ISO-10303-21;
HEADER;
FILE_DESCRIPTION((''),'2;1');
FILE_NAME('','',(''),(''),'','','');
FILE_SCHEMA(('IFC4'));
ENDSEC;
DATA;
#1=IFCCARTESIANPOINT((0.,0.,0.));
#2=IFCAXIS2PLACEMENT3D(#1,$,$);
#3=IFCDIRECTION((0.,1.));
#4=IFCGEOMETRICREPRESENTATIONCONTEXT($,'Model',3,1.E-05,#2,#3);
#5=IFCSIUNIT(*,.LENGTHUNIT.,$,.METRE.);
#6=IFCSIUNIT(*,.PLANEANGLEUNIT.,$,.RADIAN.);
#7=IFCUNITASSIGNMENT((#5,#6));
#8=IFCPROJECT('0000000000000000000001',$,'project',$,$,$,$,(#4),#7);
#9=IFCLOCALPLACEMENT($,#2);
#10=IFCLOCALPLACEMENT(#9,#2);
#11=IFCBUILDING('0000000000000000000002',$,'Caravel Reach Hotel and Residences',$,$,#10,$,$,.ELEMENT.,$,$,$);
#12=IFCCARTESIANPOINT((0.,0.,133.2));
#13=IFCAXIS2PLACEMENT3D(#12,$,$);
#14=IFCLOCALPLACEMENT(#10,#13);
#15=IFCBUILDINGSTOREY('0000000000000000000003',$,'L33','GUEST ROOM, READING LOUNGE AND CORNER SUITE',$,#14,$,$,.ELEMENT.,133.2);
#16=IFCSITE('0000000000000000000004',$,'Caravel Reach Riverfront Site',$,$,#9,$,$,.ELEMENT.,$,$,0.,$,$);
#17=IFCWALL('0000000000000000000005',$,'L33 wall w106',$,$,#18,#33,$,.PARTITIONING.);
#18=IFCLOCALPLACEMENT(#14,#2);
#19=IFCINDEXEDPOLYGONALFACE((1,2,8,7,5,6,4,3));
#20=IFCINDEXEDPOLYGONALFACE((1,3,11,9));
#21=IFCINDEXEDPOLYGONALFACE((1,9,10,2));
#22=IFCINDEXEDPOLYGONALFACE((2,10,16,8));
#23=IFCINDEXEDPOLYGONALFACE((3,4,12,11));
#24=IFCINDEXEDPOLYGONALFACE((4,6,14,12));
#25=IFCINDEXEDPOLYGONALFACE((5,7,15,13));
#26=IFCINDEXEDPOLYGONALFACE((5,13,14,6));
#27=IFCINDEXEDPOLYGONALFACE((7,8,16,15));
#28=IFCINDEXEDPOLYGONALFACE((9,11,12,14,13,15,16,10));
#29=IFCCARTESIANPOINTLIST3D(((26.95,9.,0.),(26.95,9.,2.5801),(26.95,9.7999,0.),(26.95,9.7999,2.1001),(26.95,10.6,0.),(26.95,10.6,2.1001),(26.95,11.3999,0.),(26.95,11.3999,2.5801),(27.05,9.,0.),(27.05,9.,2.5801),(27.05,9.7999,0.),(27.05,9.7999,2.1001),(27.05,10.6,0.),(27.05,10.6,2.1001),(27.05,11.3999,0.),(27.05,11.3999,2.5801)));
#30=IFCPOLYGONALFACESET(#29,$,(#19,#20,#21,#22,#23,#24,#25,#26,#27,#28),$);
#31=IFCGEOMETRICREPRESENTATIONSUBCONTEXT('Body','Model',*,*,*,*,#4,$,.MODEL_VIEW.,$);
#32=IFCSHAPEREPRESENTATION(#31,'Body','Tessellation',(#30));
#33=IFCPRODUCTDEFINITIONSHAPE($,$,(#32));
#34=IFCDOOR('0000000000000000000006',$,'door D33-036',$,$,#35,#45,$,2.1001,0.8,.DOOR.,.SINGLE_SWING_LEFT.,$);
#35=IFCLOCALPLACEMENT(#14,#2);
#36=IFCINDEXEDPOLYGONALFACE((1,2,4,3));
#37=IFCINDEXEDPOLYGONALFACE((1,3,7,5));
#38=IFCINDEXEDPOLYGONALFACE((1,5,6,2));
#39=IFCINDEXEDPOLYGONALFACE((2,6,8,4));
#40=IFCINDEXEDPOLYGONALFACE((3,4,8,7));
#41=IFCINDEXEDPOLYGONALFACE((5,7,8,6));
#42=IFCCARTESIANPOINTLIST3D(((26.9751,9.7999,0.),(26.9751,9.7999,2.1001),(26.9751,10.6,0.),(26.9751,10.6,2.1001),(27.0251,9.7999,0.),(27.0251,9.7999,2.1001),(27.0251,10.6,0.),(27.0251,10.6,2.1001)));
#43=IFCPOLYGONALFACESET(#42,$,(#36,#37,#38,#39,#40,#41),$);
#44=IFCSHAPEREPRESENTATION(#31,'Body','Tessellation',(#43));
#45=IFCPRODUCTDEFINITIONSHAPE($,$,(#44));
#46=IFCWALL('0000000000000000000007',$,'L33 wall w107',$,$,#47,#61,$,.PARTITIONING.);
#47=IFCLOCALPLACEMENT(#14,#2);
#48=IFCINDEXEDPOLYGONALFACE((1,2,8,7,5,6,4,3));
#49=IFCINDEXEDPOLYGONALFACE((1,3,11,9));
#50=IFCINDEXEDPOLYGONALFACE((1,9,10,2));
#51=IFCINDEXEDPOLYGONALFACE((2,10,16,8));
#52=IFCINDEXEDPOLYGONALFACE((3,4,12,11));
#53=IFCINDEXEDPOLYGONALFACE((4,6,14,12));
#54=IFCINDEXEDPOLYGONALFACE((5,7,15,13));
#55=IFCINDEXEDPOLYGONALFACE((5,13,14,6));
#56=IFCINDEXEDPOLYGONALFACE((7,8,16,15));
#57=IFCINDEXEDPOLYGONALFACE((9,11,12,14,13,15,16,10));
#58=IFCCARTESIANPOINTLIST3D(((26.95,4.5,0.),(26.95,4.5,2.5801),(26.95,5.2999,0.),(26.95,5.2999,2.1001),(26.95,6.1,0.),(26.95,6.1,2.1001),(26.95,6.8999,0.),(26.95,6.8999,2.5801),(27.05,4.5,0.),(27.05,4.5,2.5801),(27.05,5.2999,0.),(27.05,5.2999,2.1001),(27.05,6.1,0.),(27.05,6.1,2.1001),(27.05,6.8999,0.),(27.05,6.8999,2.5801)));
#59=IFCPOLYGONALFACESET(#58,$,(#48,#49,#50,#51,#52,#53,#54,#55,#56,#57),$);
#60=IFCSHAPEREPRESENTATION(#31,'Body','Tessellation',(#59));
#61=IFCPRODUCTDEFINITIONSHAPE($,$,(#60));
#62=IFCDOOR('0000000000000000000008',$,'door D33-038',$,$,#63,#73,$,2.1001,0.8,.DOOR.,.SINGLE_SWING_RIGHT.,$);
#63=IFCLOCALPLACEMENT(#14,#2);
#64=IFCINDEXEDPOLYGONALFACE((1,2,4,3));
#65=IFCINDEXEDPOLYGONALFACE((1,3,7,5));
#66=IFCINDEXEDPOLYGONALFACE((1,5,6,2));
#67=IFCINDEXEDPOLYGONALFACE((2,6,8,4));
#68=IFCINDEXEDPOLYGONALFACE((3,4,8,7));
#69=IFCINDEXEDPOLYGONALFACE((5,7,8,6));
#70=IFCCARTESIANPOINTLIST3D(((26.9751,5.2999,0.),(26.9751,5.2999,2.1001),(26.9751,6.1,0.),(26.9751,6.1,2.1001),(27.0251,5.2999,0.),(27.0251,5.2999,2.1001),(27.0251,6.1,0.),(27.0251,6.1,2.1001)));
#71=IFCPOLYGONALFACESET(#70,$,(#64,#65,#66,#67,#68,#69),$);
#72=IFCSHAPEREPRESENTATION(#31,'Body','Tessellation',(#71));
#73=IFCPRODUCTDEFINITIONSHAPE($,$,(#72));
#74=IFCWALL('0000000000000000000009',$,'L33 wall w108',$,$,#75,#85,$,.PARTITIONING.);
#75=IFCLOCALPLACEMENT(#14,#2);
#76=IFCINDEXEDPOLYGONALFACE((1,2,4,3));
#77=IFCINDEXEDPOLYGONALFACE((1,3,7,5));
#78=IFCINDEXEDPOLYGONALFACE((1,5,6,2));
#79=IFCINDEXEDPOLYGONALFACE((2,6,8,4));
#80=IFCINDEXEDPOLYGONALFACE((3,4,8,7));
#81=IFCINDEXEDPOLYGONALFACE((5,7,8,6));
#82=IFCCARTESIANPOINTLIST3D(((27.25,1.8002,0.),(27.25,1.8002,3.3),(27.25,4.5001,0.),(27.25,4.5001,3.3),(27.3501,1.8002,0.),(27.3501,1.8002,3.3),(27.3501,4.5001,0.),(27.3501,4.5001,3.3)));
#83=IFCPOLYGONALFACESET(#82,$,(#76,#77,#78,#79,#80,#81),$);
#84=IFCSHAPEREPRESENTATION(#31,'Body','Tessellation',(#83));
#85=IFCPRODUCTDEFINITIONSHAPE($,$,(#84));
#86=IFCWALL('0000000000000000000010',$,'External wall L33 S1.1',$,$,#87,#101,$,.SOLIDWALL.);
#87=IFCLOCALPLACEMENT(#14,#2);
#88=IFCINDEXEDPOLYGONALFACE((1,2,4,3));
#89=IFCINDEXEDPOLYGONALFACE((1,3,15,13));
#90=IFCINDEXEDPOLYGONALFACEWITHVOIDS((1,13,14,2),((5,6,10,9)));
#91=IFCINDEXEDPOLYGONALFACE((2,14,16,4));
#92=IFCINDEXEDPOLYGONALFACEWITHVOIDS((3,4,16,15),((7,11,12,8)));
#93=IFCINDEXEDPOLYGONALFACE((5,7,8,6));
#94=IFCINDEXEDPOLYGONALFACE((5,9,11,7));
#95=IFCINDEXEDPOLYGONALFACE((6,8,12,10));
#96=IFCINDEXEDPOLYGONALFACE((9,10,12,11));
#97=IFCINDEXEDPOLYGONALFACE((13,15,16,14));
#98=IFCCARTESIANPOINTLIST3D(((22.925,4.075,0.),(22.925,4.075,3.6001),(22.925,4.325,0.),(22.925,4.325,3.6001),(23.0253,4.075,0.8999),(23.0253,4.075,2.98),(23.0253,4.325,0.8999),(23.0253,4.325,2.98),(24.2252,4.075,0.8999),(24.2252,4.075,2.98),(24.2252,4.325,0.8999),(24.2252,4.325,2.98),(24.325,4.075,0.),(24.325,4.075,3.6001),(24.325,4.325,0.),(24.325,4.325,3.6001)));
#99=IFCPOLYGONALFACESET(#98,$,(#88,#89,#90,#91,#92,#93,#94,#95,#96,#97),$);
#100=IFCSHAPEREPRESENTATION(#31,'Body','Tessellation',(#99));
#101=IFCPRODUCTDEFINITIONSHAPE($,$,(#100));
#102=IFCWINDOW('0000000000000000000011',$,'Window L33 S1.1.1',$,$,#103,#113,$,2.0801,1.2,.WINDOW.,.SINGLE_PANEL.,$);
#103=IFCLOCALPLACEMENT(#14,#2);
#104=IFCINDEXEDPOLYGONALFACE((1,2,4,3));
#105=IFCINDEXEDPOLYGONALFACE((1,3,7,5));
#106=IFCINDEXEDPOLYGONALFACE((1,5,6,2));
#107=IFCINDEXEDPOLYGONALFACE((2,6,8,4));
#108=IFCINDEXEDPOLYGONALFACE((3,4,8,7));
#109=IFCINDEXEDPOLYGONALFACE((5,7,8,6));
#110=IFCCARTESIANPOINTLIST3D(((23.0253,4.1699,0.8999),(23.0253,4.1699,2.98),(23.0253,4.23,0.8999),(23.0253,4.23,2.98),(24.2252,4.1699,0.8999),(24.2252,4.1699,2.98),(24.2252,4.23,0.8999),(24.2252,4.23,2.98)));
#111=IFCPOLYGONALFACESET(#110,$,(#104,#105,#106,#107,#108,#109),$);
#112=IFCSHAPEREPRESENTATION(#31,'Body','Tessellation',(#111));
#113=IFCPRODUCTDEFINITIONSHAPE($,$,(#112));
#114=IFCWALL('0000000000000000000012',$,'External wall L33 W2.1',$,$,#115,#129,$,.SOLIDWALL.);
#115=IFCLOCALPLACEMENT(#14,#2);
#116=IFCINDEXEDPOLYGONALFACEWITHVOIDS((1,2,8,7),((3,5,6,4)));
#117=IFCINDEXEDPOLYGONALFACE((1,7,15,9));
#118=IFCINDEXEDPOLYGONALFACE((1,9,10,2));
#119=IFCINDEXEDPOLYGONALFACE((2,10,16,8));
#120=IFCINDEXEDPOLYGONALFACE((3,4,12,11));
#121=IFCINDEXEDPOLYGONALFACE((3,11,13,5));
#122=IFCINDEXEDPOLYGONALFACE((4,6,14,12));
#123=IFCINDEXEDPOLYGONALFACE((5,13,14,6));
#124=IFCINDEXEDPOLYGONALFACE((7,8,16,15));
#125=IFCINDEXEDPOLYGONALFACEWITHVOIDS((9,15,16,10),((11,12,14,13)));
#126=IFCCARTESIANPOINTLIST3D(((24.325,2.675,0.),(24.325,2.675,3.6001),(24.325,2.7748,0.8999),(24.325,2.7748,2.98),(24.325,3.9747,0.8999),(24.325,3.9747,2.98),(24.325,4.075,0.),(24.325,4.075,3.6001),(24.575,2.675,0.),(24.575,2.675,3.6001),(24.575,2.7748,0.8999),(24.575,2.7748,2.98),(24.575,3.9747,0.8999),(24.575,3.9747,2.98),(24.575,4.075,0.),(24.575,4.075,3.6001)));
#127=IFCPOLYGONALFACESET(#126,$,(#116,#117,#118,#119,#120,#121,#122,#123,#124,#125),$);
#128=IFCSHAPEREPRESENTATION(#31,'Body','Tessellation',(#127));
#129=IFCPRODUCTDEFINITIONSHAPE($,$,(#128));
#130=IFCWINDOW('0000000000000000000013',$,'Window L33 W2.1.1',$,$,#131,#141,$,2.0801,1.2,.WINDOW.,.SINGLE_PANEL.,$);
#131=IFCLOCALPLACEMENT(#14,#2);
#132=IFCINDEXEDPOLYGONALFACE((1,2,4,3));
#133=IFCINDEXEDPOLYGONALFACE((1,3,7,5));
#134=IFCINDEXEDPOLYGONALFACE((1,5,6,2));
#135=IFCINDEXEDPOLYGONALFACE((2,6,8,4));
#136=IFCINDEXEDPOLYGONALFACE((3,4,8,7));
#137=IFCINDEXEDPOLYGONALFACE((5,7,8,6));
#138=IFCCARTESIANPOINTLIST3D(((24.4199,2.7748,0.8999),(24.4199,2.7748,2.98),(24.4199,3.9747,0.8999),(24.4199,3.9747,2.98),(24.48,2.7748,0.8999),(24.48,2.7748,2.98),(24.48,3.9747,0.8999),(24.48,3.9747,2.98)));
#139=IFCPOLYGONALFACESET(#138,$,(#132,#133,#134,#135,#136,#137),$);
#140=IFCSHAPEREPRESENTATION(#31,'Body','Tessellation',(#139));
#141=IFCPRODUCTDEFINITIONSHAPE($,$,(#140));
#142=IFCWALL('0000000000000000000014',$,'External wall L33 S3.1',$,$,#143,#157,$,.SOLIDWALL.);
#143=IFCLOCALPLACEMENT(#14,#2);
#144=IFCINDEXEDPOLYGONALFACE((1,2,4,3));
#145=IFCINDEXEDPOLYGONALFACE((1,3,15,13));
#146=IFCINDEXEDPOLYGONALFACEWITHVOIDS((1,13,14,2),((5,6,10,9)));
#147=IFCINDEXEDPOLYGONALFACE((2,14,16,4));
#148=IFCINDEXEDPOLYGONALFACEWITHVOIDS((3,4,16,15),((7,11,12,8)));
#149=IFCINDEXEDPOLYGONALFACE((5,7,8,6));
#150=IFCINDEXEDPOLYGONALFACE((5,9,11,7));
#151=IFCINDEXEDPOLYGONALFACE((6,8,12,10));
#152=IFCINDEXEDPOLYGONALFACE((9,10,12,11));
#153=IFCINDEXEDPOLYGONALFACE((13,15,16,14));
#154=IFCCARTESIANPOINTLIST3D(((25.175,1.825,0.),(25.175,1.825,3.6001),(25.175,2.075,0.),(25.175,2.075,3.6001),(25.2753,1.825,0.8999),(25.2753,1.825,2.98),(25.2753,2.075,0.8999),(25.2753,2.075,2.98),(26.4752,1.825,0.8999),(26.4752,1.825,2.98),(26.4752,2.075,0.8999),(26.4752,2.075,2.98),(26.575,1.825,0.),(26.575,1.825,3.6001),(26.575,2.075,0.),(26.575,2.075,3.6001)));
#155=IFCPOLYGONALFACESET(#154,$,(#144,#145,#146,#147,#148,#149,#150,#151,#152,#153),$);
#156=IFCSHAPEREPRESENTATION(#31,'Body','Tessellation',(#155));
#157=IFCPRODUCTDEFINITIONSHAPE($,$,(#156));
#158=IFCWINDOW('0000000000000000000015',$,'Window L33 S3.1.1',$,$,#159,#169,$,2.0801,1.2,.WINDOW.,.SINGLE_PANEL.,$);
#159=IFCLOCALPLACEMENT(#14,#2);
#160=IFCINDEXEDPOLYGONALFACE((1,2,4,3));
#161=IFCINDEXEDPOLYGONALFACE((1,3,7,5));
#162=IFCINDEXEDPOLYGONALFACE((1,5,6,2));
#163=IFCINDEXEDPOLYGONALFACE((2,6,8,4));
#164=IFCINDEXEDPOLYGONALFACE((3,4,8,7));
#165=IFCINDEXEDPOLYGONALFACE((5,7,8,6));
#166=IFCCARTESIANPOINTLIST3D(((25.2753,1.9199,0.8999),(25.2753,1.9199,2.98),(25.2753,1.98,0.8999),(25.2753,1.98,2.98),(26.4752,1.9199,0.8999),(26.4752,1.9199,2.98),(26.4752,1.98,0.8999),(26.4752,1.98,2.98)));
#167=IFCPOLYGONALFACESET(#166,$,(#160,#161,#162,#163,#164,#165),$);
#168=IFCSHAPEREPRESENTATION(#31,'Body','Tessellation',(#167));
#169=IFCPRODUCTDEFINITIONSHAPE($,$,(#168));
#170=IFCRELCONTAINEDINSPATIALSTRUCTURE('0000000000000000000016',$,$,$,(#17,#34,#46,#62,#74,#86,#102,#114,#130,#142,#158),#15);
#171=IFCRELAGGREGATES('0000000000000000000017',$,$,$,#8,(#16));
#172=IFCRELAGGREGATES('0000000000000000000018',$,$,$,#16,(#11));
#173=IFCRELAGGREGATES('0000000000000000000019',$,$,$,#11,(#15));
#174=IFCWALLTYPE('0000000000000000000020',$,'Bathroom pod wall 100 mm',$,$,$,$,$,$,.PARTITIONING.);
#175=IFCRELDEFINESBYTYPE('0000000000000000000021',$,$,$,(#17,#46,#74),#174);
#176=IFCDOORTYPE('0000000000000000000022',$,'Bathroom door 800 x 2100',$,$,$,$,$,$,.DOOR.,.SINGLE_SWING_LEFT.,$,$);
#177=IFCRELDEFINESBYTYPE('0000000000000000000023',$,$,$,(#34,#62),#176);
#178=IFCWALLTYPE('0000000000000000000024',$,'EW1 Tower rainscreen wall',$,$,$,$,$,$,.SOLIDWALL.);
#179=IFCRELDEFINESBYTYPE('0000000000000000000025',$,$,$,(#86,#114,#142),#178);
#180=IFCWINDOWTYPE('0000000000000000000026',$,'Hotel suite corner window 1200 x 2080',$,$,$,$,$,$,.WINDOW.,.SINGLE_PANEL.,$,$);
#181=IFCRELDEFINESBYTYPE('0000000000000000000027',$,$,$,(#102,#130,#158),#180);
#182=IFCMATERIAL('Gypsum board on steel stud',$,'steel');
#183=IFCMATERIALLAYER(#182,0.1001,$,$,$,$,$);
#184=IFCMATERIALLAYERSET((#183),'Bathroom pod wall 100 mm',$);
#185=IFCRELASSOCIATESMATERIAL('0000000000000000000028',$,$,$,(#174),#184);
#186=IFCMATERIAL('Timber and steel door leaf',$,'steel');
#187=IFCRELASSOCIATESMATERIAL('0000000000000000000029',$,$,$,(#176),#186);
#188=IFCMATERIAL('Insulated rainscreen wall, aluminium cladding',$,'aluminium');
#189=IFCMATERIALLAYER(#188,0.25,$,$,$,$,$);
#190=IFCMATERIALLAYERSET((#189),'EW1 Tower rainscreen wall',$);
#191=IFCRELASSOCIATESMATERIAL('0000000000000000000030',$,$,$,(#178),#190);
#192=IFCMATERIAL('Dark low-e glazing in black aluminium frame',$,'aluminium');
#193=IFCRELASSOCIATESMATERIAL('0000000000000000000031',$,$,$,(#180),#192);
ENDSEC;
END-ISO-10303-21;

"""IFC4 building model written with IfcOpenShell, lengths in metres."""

from ifc_helpers import new_model, si_unit, direction, frame, frame_2d, origin, place, context, subcontext, project, spatial, rectangle, extrude, material, layer, layer_set, type_object, element, fill, save


model = new_model("IFC4")

# Units and contexts
model_context = context("Model", 3, precision=1e-05, world=origin(), true_north=direction((0.0, 1.0)))
body_context = subcontext(model_context, "Body", "Model", "MODEL_VIEW")
ifc_project = project(units=[si_unit("LENGTHUNIT", "METRE"), si_unit("PLANEANGLEUNIT", "RADIAN")], contexts=[model_context])

# Site, building, storey
site_placement = place(None, origin())
site = spatial("IfcSite", under=ifc_project, at=site_placement, Name="Caravel Reach Riverfront Site", CompositionType="ELEMENT", RefElevation=0.0)
building_placement = place(site_placement, origin())
building = spatial("IfcBuilding", under=site, at=building_placement, Name="Caravel Reach Hotel and Residences", CompositionType="ELEMENT")
storey_placement = place(building_placement, frame((0.0, 0.0, 133.2)))
storey = spatial("IfcBuildingStorey", under=building, at=storey_placement, Name="L33", Description="GUEST ROOM, READING LOUNGE AND CORNER SUITE", CompositionType="ELEMENT", Elevation=133.2)

# Shared definitions
ifc_material_1 = material(Name="Gypsum board on steel stud", Category="steel")
ifc_layer_1 = layer(ifc_material_1, 0.1001)
ifc_layer_set_1 = layer_set([ifc_layer_1], Name="Bathroom pod wall 100 mm")
wall_type_1 = type_object("IfcWallType", Name="Bathroom pod wall 100 mm", PredefinedType="PARTITIONING", material=ifc_layer_set_1)
ifc_material_2 = material(Name="Timber and steel door leaf", Category="steel")
door_type = type_object("IfcDoorType", Name="Bathroom door 800 x 2100", OperationType="SINGLE_SWING_LEFT", PredefinedType="DOOR", material=ifc_material_2)

# Walls, openings, doors
wall_1_placement = place(storey_placement, frame((27.0, 9.0, 0.0), z_axis=(0.0, 0.0, 1.0), x_axis=(0.0, 1.0, 0.0)))
wall_1 = element("IfcWall", 1, at=wall_1_placement, inside=storey, type_object=wall_type_1, Name="L33 wall w106", PredefinedType="PARTITIONING", context=body_context, shape_type="SweptSolid", body=[
    extrude(rectangle(XDim=2.3999, YDim=0.1001, at=frame_2d((1.2, 0.0))), origin(), (0.0, 0.0, 1.0), 2.5801),
])
opening_1_placement = place(wall_1_placement, frame((0.8, 0.0, 0.0)))
opening_1 = element("IfcOpeningElement", 2, at=opening_1_placement, cuts=wall_1, PredefinedType="OPENING", context=body_context, shape_type="SweptSolid", body=[
    extrude(rectangle(XDim=0.8, YDim=2.1001, at=frame_2d((0.3999, 1.05))), frame((0.0, 0.0601, 0.0), z_axis=(0.0, -1.0, 0.0), x_axis=(1.0, 0.0, 0.0)), (0.0, 0.0, 1.0), 0.1201),
])
door_1_placement = place(opening_1_placement, origin())
door_1 = element("IfcDoor", 3, at=door_1_placement, inside=storey, type_object=door_type, Name="door D33-036", OperationType="SINGLE_SWING_LEFT", OverallHeight=2.1001, OverallWidth=0.8, PredefinedType="DOOR", context=body_context, shape_type="SweptSolid", body=[
    extrude(rectangle(XDim=0.8, YDim=2.1001, at=frame_2d((0.3999, 1.05))), frame((0.0, 0.0249, 0.0), z_axis=(0.0, -1.0, 0.0), x_axis=(1.0, 0.0, 0.0)), (0.0, 0.0, 1.0), 0.05),
])
fill(opening_1, door_1)
wall_2_placement = place(storey_placement, frame((27.0, 4.5, 0.0), z_axis=(0.0, 0.0, 1.0), x_axis=(0.0, 1.0, 0.0)))
wall_2 = element("IfcWall", 4, at=wall_2_placement, inside=storey, type_object=wall_type_1, Name="L33 wall w107", PredefinedType="PARTITIONING", context=body_context, shape_type="SweptSolid", body=[
    extrude(rectangle(XDim=2.3999, YDim=0.1001, at=frame_2d((1.2, 0.0))), origin(), (0.0, 0.0, 1.0), 2.5801),
])
opening_2_placement = place(wall_2_placement, frame((0.8, 0.0, 0.0)))
opening_2 = element("IfcOpeningElement", 5, at=opening_2_placement, cuts=wall_2, PredefinedType="OPENING", context=body_context, shape_type="SweptSolid", body=[
    extrude(rectangle(XDim=0.8, YDim=2.1001, at=frame_2d((0.3999, 1.05))), frame((0.0, 0.0601, 0.0), z_axis=(0.0, -1.0, 0.0), x_axis=(1.0, 0.0, 0.0)), (0.0, 0.0, 1.0), 0.1201),
])
door_2_placement = place(opening_2_placement, origin())
door_2 = element("IfcDoor", 6, at=door_2_placement, inside=storey, type_object=door_type, Name="door D33-038", OperationType="SINGLE_SWING_RIGHT", OverallHeight=2.1001, OverallWidth=0.8, PredefinedType="DOOR", context=body_context, shape_type="SweptSolid", body=[
    extrude(rectangle(XDim=0.8, YDim=2.1001, at=frame_2d((0.3999, 1.05))), frame((0.0, 0.0249, 0.0), z_axis=(0.0, -1.0, 0.0), x_axis=(1.0, 0.0, 0.0)), (0.0, 0.0, 1.0), 0.05),
])
fill(opening_2, door_2)

# Wall
wall_3_placement = place(storey_placement, frame((27.3, 1.8, 0.0), z_axis=(0.0, 0.0, 1.0), x_axis=(0.0, 1.0, 0.0)))
element("IfcWall", 7, at=wall_3_placement, inside=storey, type_object=wall_type_1, Name="L33 wall w108", PredefinedType="PARTITIONING", context=body_context, shape_type="SweptSolid", body=[
    extrude(rectangle(XDim=2.7, YDim=0.1001, at=frame_2d((1.3501, 0.0))), origin(), (0.0, 0.0, 1.0), 3.3),
])

# Walls, openings, windows
ifc_material_3 = material(Name="Insulated rainscreen wall, aluminium cladding", Category="aluminium")
ifc_layer_2 = layer(ifc_material_3, 0.25)
ifc_layer_set_2 = layer_set([ifc_layer_2], Name="EW1 Tower rainscreen wall")
wall_type_2 = type_object("IfcWallType", Name="EW1 Tower rainscreen wall", PredefinedType="SOLIDWALL", material=ifc_layer_set_2)
wall_4_placement = place(storey_placement, frame((22.925, 4.2, 0.0), z_axis=(0.0, 0.0, 1.0), x_axis=(1.0, 0.0, 0.0)))
wall_4 = element("IfcWall", 8, at=wall_4_placement, inside=storey, type_object=wall_type_2, Name="External wall L33 S1.1", PredefinedType="SOLIDWALL", context=body_context, shape_type="SweptSolid", body=[
    extrude(rectangle(XDim=1.3999, YDim=0.25, at=frame_2d((0.7, 0.0))), origin(), (0.0, 0.0, 1.0), 3.6001),
])
opening_3_placement = place(wall_4_placement, frame((0.1001, 0.0, 0.8999)))
opening_3 = element("IfcOpeningElement", 9, at=opening_3_placement, cuts=wall_4, PredefinedType="OPENING", context=body_context, shape_type="SweptSolid", body=[
    extrude(rectangle(XDim=1.2, YDim=2.0801, at=frame_2d((0.6001, 1.04))), frame((0.0, 0.135, 0.0), z_axis=(0.0, -1.0, 0.0), x_axis=(1.0, 0.0, 0.0)), (0.0, 0.0, 1.0), 0.27),
])
ifc_material_4 = material(Name="Dark low-e glazing in black aluminium frame", Category="aluminium")
window_type_1 = type_object("IfcWindowType", Name="Hotel suite corner window 1200 x 2080", PartitioningType="SINGLE_PANEL", PredefinedType="WINDOW", material=ifc_material_4)
window_1_placement = place(opening_3_placement, origin())
window_1 = element("IfcWindow", 10, at=window_1_placement, inside=storey, type_object=window_type_1, Name="Window L33 S1.1.1", OverallHeight=2.0801, OverallWidth=1.2, PartitioningType="SINGLE_PANEL", PredefinedType="WINDOW", context=body_context, shape_type="SweptSolid", body=[
    extrude(rectangle(XDim=1.2, YDim=2.0801, at=frame_2d((0.6001, 1.04))), frame((0.0, 0.03, 0.0), z_axis=(0.0, -1.0, 0.0), x_axis=(1.0, 0.0, 0.0)), (0.0, 0.0, 1.0), 0.0601),
])
fill(opening_3, window_1)
wall_5_placement = place(storey_placement, frame((24.45, 4.075, 0.0), z_axis=(0.0, 0.0, 1.0), x_axis=(0.0, -1.0, 0.0)))
wall_5 = element("IfcWall", 11, at=wall_5_placement, inside=storey, type_object=wall_type_2, Name="External wall L33 W2.1", PredefinedType="SOLIDWALL", context=body_context, shape_type="SweptSolid", body=[
    extrude(rectangle(XDim=1.3999, YDim=0.25, at=frame_2d((0.7, 0.0))), origin(), (0.0, 0.0, 1.0), 3.6001),
])
opening_4_placement = place(wall_5_placement, frame((0.1001, 0.0, 0.8999)))
opening_4 = element("IfcOpeningElement", 12, at=opening_4_placement, cuts=wall_5, PredefinedType="OPENING", context=body_context, shape_type="SweptSolid", body=[
    extrude(rectangle(XDim=1.2, YDim=2.0801, at=frame_2d((0.6001, 1.04))), frame((0.0, 0.135, 0.0), z_axis=(0.0, -1.0, 0.0), x_axis=(1.0, 0.0, 0.0)), (0.0, 0.0, 1.0), 0.27),
])
window_2_placement = place(opening_4_placement, origin())
window_2 = element("IfcWindow", 13, at=window_2_placement, inside=storey, type_object=window_type_1, Name="Window L33 W2.1.1", OverallHeight=2.0801, OverallWidth=1.2, PartitioningType="SINGLE_PANEL", PredefinedType="WINDOW", context=body_context, shape_type="SweptSolid", body=[
    extrude(rectangle(XDim=1.2, YDim=2.0801, at=frame_2d((0.6001, 1.04))), frame((0.0, 0.03, 0.0), z_axis=(0.0, -1.0, 0.0), x_axis=(1.0, 0.0, 0.0)), (0.0, 0.0, 1.0), 0.0601),
])
fill(opening_4, window_2)
wall_6_placement = place(storey_placement, frame((25.175, 1.95, 0.0), z_axis=(0.0, 0.0, 1.0), x_axis=(1.0, 0.0, 0.0)))
wall_6 = element("IfcWall", 14, at=wall_6_placement, inside=storey, type_object=wall_type_2, Name="External wall L33 S3.1", PredefinedType="SOLIDWALL", context=body_context, shape_type="SweptSolid", body=[
    extrude(rectangle(XDim=1.3999, YDim=0.25, at=frame_2d((0.7, 0.0))), origin(), (0.0, 0.0, 1.0), 3.6001),
])
opening_5_placement = place(wall_6_placement, frame((0.1001, 0.0, 0.8999)))
opening_5 = element("IfcOpeningElement", 15, at=opening_5_placement, cuts=wall_6, PredefinedType="OPENING", context=body_context, shape_type="SweptSolid", body=[
    extrude(rectangle(XDim=1.2, YDim=2.0801, at=frame_2d((0.6001, 1.04))), frame((0.0, 0.135, 0.0), z_axis=(0.0, -1.0, 0.0), x_axis=(1.0, 0.0, 0.0)), (0.0, 0.0, 1.0), 0.27),
])
window_3_placement = place(opening_5_placement, origin())
window_3 = element("IfcWindow", 16, at=window_3_placement, inside=storey, type_object=window_type_1, Name="Window L33 S3.1.1", OverallHeight=2.0801, OverallWidth=1.2, PartitioningType="SINGLE_PANEL", PredefinedType="WINDOW", context=body_context, shape_type="SweptSolid", body=[
    extrude(rectangle(XDim=1.2, YDim=2.0801, at=frame_2d((0.6001, 1.04))), frame((0.0, 0.03, 0.0), z_axis=(0.0, -1.0, 0.0), x_axis=(1.0, 0.0, 0.0)), (0.0, 0.0, 1.0), 0.0601),
])
fill(opening_5, window_3)

save(model, "model.ifc")
